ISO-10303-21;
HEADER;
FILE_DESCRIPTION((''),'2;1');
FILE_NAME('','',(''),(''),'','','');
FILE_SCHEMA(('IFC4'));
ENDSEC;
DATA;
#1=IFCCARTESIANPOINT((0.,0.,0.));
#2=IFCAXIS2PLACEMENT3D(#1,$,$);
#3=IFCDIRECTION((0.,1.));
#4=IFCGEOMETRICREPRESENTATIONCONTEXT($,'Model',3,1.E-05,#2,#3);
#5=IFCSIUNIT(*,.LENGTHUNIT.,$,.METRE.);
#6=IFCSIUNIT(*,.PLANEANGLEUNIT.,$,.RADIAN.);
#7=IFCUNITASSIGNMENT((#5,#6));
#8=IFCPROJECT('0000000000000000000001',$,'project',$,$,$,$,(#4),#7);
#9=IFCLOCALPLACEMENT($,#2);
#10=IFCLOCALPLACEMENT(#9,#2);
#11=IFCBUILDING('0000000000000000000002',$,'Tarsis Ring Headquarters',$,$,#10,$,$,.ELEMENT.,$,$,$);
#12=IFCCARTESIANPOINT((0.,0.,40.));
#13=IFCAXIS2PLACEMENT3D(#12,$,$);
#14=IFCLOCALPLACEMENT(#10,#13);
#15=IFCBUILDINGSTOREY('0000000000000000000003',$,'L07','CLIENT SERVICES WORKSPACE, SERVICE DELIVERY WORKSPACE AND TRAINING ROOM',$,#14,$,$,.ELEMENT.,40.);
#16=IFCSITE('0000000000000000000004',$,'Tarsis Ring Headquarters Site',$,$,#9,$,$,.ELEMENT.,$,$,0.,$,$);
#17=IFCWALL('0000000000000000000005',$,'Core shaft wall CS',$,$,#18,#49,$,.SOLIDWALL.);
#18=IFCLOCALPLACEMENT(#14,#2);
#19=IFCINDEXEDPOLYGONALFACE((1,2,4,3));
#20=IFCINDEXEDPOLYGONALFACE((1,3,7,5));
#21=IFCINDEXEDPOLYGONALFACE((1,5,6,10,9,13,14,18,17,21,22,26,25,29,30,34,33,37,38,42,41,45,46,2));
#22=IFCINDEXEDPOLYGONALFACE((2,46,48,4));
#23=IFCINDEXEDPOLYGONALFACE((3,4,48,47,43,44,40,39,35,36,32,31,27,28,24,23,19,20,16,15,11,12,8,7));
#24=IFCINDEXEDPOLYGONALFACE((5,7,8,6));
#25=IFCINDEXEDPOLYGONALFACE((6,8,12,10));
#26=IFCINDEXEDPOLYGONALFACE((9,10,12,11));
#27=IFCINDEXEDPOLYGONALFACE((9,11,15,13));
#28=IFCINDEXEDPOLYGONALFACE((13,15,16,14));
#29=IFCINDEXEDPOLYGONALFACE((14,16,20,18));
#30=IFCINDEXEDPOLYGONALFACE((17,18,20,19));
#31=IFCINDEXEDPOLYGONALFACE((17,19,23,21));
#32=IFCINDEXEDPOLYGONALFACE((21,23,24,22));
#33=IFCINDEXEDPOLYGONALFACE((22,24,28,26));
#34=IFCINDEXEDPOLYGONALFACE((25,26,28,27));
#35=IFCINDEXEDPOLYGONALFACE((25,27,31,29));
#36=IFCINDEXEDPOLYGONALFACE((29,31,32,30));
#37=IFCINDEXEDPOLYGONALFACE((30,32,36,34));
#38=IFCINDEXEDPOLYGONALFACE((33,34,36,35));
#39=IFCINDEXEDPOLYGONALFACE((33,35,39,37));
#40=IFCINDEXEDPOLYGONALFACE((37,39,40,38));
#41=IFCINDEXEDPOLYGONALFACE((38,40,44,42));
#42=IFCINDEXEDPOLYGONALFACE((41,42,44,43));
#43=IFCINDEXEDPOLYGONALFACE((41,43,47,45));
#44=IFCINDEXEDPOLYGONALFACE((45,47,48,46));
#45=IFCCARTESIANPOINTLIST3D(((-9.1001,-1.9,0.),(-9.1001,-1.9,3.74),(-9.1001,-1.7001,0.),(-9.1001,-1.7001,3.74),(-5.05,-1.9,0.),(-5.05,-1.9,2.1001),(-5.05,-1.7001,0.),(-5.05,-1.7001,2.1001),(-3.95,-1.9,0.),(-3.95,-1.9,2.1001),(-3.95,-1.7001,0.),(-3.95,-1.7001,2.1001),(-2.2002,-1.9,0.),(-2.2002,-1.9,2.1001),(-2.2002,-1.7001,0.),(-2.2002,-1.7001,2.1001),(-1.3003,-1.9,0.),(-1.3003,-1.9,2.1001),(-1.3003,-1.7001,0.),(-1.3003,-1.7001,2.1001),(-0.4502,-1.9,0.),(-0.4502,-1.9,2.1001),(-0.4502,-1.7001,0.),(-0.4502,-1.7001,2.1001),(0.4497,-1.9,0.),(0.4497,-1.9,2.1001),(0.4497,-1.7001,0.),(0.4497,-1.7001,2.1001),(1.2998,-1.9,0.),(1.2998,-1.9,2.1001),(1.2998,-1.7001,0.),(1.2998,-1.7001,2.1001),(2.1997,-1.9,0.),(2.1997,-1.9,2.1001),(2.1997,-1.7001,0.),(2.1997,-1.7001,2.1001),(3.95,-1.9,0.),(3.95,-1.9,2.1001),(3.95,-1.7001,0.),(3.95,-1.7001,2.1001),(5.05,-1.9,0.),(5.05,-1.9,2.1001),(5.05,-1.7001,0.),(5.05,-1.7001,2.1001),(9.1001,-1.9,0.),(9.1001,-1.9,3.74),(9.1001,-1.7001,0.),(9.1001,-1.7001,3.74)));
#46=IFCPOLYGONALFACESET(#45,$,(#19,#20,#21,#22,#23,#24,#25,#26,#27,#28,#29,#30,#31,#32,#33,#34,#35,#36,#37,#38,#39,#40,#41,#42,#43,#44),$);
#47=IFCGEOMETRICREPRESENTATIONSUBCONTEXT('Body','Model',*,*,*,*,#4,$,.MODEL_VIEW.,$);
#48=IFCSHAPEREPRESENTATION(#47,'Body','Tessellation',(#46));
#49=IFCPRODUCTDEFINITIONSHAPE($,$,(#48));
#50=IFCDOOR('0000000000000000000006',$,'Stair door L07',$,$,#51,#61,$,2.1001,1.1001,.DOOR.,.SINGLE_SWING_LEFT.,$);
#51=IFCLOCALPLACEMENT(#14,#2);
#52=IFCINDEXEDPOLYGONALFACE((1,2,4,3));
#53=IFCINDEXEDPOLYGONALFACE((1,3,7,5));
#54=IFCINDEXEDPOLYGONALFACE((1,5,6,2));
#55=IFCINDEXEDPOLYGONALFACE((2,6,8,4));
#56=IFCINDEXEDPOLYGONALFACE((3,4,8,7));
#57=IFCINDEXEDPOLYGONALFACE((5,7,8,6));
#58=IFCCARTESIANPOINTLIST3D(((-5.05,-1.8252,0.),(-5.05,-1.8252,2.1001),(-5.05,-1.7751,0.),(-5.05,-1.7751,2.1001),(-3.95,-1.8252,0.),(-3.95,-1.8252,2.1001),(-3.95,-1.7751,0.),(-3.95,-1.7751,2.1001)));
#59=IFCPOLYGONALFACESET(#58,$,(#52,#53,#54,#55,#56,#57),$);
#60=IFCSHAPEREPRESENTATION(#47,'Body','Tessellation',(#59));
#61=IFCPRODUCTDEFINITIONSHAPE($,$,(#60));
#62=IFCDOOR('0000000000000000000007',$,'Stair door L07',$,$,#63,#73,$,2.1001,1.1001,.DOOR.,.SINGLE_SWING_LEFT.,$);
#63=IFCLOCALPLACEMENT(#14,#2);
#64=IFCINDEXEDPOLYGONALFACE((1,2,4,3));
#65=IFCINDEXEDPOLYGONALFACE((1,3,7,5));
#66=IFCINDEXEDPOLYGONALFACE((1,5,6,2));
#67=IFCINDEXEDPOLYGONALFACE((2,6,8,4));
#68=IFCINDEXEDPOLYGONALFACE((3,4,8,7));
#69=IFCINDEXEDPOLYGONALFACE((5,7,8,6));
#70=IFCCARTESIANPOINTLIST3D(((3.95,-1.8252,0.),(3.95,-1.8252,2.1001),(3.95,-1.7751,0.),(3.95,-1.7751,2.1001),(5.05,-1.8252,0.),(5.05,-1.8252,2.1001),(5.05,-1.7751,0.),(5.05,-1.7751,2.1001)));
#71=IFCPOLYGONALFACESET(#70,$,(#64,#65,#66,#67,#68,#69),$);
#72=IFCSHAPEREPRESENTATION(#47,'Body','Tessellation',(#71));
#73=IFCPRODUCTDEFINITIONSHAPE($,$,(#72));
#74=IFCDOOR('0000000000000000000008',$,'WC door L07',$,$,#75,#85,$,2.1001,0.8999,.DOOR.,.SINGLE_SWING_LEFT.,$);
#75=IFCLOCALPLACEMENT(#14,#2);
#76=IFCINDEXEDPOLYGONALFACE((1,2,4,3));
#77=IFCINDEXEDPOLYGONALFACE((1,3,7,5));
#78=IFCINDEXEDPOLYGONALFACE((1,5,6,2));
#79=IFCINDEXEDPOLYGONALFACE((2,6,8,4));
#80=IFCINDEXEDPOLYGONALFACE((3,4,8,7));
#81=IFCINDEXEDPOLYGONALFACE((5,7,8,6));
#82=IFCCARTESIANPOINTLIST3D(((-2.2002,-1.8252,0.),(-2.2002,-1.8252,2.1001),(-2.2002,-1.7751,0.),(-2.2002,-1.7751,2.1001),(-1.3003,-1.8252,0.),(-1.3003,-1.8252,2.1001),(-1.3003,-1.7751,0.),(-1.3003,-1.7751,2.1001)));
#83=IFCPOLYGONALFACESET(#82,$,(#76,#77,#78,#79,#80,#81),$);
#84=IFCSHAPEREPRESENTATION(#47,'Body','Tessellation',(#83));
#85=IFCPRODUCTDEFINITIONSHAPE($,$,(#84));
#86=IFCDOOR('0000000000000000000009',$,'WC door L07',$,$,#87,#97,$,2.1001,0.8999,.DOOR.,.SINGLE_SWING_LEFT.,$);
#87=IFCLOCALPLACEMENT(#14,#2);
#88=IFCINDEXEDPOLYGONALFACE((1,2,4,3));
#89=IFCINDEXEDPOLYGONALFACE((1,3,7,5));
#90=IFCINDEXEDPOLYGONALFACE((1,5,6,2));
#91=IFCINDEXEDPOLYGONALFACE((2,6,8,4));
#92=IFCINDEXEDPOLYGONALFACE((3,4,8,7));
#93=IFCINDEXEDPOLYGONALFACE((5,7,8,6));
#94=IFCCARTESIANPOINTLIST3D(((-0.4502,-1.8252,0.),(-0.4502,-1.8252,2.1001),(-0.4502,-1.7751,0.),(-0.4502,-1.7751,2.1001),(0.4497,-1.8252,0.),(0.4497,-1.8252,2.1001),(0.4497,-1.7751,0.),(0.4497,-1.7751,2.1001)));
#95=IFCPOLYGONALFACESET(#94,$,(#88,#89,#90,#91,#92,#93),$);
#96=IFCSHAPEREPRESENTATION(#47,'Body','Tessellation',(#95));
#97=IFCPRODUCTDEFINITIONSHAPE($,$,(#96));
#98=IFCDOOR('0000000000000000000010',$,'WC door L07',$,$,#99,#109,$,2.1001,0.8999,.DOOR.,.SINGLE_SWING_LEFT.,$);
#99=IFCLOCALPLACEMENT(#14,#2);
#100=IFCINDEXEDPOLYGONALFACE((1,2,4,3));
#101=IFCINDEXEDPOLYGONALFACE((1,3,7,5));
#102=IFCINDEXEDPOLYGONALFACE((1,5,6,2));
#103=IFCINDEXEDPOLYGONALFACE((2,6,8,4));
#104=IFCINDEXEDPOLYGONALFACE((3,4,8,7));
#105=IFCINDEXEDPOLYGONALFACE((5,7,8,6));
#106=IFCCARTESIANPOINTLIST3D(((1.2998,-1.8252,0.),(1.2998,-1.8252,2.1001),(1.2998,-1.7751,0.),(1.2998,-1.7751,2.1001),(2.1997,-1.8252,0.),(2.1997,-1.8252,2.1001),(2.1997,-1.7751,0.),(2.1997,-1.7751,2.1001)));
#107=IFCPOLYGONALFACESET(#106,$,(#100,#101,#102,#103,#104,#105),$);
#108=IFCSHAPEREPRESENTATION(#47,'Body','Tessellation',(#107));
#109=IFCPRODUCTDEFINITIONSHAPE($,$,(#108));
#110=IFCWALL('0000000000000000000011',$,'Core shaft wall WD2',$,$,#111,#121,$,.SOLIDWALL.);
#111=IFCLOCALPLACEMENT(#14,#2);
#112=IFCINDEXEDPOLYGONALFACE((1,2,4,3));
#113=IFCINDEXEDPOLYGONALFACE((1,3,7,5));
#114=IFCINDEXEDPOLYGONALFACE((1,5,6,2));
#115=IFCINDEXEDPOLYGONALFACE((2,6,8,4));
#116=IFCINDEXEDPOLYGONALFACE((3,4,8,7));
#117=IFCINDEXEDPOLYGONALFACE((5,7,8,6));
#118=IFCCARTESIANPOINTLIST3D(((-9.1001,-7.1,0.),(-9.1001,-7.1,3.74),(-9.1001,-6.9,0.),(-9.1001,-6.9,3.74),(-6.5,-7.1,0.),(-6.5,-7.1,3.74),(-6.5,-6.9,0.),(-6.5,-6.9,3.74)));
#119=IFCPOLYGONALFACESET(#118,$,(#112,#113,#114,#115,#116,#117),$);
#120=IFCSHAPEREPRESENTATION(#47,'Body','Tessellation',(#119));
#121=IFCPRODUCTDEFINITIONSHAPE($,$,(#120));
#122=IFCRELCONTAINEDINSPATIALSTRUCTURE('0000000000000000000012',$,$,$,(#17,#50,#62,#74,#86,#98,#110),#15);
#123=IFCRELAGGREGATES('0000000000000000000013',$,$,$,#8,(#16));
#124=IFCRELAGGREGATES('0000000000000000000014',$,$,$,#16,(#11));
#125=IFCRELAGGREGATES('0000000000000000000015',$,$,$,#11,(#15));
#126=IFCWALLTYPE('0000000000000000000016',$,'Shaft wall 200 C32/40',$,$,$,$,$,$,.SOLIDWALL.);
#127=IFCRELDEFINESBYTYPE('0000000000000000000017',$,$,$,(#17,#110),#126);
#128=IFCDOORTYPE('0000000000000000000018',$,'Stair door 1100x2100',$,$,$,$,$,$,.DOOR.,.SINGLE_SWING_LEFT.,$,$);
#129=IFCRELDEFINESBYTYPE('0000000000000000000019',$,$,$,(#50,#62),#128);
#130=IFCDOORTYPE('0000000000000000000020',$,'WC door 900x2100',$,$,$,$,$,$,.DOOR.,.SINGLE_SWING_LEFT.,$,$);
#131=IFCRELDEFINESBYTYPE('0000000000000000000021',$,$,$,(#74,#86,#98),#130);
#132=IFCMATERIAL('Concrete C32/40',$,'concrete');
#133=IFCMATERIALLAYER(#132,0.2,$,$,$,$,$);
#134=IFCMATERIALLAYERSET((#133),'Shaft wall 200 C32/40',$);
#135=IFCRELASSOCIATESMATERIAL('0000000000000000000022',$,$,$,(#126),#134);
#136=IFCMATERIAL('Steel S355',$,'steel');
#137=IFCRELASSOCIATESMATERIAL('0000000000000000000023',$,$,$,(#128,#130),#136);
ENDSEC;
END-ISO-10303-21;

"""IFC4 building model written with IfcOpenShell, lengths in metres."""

from ifc_helpers import new_model, si_unit, direction, frame, frame_2d, origin, place, context, subcontext, project, spatial, rectangle, extrude, material, layer, layer_set, type_object, element, fill, save


model = new_model("IFC4")

# Units and contexts
model_context = context("Model", 3, precision=1e-05, world=origin(), true_north=direction((0.0, 1.0)))
body_context = subcontext(model_context, "Body", "Model", "MODEL_VIEW")
ifc_project = project(units=[si_unit("LENGTHUNIT", "METRE"), si_unit("PLANEANGLEUNIT", "RADIAN")], contexts=[model_context])

# Site, building, storey
site_placement = place(None, origin())
site = spatial("IfcSite", under=ifc_project, at=site_placement, Name="Tarsis Ring Headquarters Site", CompositionType="ELEMENT", RefElevation=0.0)
building_placement = place(site_placement, origin())
building = spatial("IfcBuilding", under=site, at=building_placement, Name="Tarsis Ring Headquarters", CompositionType="ELEMENT")
storey_placement = place(building_placement, frame((0.0, 0.0, 40.0)))
storey = spatial("IfcBuildingStorey", under=building, at=storey_placement, Name="L07", Description="CLIENT SERVICES WORKSPACE, SERVICE DELIVERY WORKSPACE AND TRAINING ROOM", CompositionType="ELEMENT", Elevation=40.0)

# Wall, openings, doors
ifc_material_1 = material(Name="Concrete C32/40", Category="concrete")
ifc_layer_1 = layer(ifc_material_1, 0.2)
ifc_layer_set_1 = layer_set([ifc_layer_1], Name="Shaft wall 200 C32/40")
wall_type_1 = type_object("IfcWallType", Name="Shaft wall 200 C32/40", PredefinedType="SOLIDWALL", material=ifc_layer_set_1)
wall_1_placement = place(storey_placement, frame((-9.1001, -1.8, 0.0), z_axis=(0.0, 0.0, 1.0), x_axis=(1.0, 0.0, 0.0)))
wall_1 = element("IfcWall", 1, at=wall_1_placement, inside=storey, type_object=wall_type_1, Name="Core shaft wall CS", PredefinedType="SOLIDWALL", context=body_context, shape_type="SweptSolid", body=[
    extrude(rectangle(XDim=18.2002, YDim=0.2, at=frame_2d((9.1001, 0.0))), origin(), (0.0, 0.0, 1.0), 3.74),
])
opening_1_placement = place(wall_1_placement, frame((4.05, 0.0, 0.0)))
opening_1 = element("IfcOpeningElement", 2, at=opening_1_placement, cuts=wall_1, PredefinedType="OPENING", context=body_context, shape_type="SweptSolid", body=[
    extrude(rectangle(XDim=1.1001, YDim=2.1001, at=frame_2d((0.55, 1.05))), frame((0.0, 0.1099, 0.0), z_axis=(0.0, -1.0, 0.0), x_axis=(1.0, 0.0, 0.0)), (0.0, 0.0, 1.0), 0.22),
])
opening_2_placement = place(wall_1_placement, frame((6.8999, 0.0, 0.0)))
opening_2 = element("IfcOpeningElement", 3, at=opening_2_placement, cuts=wall_1, PredefinedType="OPENING", context=body_context, shape_type="SweptSolid", body=[
    extrude(rectangle(XDim=0.8999, YDim=2.1001, at=frame_2d((0.45, 1.05))), frame((0.0, 0.1099, 0.0), z_axis=(0.0, -1.0, 0.0), x_axis=(1.0, 0.0, 0.0)), (0.0, 0.0, 1.0), 0.22),
])
opening_3_placement = place(wall_1_placement, frame((8.6499, 0.0, 0.0)))
opening_3 = element("IfcOpeningElement", 4, at=opening_3_placement, cuts=wall_1, PredefinedType="OPENING", context=body_context, shape_type="SweptSolid", body=[
    extrude(rectangle(XDim=0.8999, YDim=2.1001, at=frame_2d((0.45, 1.05))), frame((0.0, 0.1099, 0.0), z_axis=(0.0, -1.0, 0.0), x_axis=(1.0, 0.0, 0.0)), (0.0, 0.0, 1.0), 0.22),
])
opening_4_placement = place(wall_1_placement, frame((10.3999, 0.0, 0.0)))
opening_4 = element("IfcOpeningElement", 5, at=opening_4_placement, cuts=wall_1, PredefinedType="OPENING", context=body_context, shape_type="SweptSolid", body=[
    extrude(rectangle(XDim=0.8999, YDim=2.1001, at=frame_2d((0.45, 1.05))), frame((0.0, 0.1099, 0.0), z_axis=(0.0, -1.0, 0.0), x_axis=(1.0, 0.0, 0.0)), (0.0, 0.0, 1.0), 0.22),
])
opening_5_placement = place(wall_1_placement, frame((13.05, 0.0, 0.0)))
opening_5 = element("IfcOpeningElement", 6, at=opening_5_placement, cuts=wall_1, PredefinedType="OPENING", context=body_context, shape_type="SweptSolid", body=[
    extrude(rectangle(XDim=1.1001, YDim=2.1001, at=frame_2d((0.55, 1.05))), frame((0.0, 0.1099, 0.0), z_axis=(0.0, -1.0, 0.0), x_axis=(1.0, 0.0, 0.0)), (0.0, 0.0, 1.0), 0.22),
])
ifc_material_2 = material(Name="Steel S355", Category="steel")
door_type_1 = type_object("IfcDoorType", Name="Stair door 1100x2100", OperationType="SINGLE_SWING_LEFT", PredefinedType="DOOR", material=ifc_material_2)
door_1_placement = place(opening_1_placement, origin())
door_1 = element("IfcDoor", 7, at=door_1_placement, inside=storey, type_object=door_type_1, Name="Stair door L07", OperationType="SINGLE_SWING_LEFT", OverallHeight=2.1001, OverallWidth=1.1001, PredefinedType="DOOR", context=body_context, shape_type="SweptSolid", body=[
    extrude(rectangle(XDim=1.1001, YDim=2.1001, at=frame_2d((0.55, 1.05))), frame((0.0, 0.0249, 0.0), z_axis=(0.0, -1.0, 0.0), x_axis=(1.0, 0.0, 0.0)), (0.0, 0.0, 1.0), 0.05),
])
fill(opening_1, door_1)
door_2_placement = place(opening_5_placement, origin())
door_2 = element("IfcDoor", 8, at=door_2_placement, inside=storey, type_object=door_type_1, Name="Stair door L07", OperationType="SINGLE_SWING_LEFT", OverallHeight=2.1001, OverallWidth=1.1001, PredefinedType="DOOR", context=body_context, shape_type="SweptSolid", body=[
    extrude(rectangle(XDim=1.1001, YDim=2.1001, at=frame_2d((0.55, 1.05))), frame((0.0, 0.0249, 0.0), z_axis=(0.0, -1.0, 0.0), x_axis=(1.0, 0.0, 0.0)), (0.0, 0.0, 1.0), 0.05),
])
fill(opening_5, door_2)
door_type_2 = type_object("IfcDoorType", Name="WC door 900x2100", OperationType="SINGLE_SWING_LEFT", PredefinedType="DOOR", material=ifc_material_2)
door_3_placement = place(opening_2_placement, origin())
door_3 = element("IfcDoor", 9, at=door_3_placement, inside=storey, type_object=door_type_2, Name="WC door L07", OperationType="SINGLE_SWING_LEFT", OverallHeight=2.1001, OverallWidth=0.8999, PredefinedType="DOOR", context=body_context, shape_type="SweptSolid", body=[
    extrude(rectangle(XDim=0.8999, YDim=2.1001, at=frame_2d((0.45, 1.05))), frame((0.0, 0.0249, 0.0), z_axis=(0.0, -1.0, 0.0), x_axis=(1.0, 0.0, 0.0)), (0.0, 0.0, 1.0), 0.05),
])
fill(opening_2, door_3)
door_4_placement = place(opening_3_placement, origin())
door_4 = element("IfcDoor", 10, at=door_4_placement, inside=storey, type_object=door_type_2, Name="WC door L07", OperationType="SINGLE_SWING_LEFT", OverallHeight=2.1001, OverallWidth=0.8999, PredefinedType="DOOR", context=body_context, shape_type="SweptSolid", body=[
    extrude(rectangle(XDim=0.8999, YDim=2.1001, at=frame_2d((0.45, 1.05))), frame((0.0, 0.0249, 0.0), z_axis=(0.0, -1.0, 0.0), x_axis=(1.0, 0.0, 0.0)), (0.0, 0.0, 1.0), 0.05),
])
fill(opening_3, door_4)
door_5_placement = place(opening_4_placement, origin())
door_5 = element("IfcDoor", 11, at=door_5_placement, inside=storey, type_object=door_type_2, Name="WC door L07", OperationType="SINGLE_SWING_LEFT", OverallHeight=2.1001, OverallWidth=0.8999, PredefinedType="DOOR", context=body_context, shape_type="SweptSolid", body=[
    extrude(rectangle(XDim=0.8999, YDim=2.1001, at=frame_2d((0.45, 1.05))), frame((0.0, 0.0249, 0.0), z_axis=(0.0, -1.0, 0.0), x_axis=(1.0, 0.0, 0.0)), (0.0, 0.0, 1.0), 0.05),
])
fill(opening_4, door_5)

# Wall
wall_2_placement = place(storey_placement, frame((-9.1001, -7.0, 0.0), z_axis=(0.0, 0.0, 1.0), x_axis=(1.0, 0.0, 0.0)))
element("IfcWall", 12, at=wall_2_placement, inside=storey, type_object=wall_type_1, Name="Core shaft wall WD2", PredefinedType="SOLIDWALL", context=body_context, shape_type="SweptSolid", body=[
    extrude(rectangle(XDim=2.6001, YDim=0.2, at=frame_2d((1.3, 0.0))), origin(), (0.0, 0.0, 1.0), 3.74),
])

save(model, "model.ifc")
